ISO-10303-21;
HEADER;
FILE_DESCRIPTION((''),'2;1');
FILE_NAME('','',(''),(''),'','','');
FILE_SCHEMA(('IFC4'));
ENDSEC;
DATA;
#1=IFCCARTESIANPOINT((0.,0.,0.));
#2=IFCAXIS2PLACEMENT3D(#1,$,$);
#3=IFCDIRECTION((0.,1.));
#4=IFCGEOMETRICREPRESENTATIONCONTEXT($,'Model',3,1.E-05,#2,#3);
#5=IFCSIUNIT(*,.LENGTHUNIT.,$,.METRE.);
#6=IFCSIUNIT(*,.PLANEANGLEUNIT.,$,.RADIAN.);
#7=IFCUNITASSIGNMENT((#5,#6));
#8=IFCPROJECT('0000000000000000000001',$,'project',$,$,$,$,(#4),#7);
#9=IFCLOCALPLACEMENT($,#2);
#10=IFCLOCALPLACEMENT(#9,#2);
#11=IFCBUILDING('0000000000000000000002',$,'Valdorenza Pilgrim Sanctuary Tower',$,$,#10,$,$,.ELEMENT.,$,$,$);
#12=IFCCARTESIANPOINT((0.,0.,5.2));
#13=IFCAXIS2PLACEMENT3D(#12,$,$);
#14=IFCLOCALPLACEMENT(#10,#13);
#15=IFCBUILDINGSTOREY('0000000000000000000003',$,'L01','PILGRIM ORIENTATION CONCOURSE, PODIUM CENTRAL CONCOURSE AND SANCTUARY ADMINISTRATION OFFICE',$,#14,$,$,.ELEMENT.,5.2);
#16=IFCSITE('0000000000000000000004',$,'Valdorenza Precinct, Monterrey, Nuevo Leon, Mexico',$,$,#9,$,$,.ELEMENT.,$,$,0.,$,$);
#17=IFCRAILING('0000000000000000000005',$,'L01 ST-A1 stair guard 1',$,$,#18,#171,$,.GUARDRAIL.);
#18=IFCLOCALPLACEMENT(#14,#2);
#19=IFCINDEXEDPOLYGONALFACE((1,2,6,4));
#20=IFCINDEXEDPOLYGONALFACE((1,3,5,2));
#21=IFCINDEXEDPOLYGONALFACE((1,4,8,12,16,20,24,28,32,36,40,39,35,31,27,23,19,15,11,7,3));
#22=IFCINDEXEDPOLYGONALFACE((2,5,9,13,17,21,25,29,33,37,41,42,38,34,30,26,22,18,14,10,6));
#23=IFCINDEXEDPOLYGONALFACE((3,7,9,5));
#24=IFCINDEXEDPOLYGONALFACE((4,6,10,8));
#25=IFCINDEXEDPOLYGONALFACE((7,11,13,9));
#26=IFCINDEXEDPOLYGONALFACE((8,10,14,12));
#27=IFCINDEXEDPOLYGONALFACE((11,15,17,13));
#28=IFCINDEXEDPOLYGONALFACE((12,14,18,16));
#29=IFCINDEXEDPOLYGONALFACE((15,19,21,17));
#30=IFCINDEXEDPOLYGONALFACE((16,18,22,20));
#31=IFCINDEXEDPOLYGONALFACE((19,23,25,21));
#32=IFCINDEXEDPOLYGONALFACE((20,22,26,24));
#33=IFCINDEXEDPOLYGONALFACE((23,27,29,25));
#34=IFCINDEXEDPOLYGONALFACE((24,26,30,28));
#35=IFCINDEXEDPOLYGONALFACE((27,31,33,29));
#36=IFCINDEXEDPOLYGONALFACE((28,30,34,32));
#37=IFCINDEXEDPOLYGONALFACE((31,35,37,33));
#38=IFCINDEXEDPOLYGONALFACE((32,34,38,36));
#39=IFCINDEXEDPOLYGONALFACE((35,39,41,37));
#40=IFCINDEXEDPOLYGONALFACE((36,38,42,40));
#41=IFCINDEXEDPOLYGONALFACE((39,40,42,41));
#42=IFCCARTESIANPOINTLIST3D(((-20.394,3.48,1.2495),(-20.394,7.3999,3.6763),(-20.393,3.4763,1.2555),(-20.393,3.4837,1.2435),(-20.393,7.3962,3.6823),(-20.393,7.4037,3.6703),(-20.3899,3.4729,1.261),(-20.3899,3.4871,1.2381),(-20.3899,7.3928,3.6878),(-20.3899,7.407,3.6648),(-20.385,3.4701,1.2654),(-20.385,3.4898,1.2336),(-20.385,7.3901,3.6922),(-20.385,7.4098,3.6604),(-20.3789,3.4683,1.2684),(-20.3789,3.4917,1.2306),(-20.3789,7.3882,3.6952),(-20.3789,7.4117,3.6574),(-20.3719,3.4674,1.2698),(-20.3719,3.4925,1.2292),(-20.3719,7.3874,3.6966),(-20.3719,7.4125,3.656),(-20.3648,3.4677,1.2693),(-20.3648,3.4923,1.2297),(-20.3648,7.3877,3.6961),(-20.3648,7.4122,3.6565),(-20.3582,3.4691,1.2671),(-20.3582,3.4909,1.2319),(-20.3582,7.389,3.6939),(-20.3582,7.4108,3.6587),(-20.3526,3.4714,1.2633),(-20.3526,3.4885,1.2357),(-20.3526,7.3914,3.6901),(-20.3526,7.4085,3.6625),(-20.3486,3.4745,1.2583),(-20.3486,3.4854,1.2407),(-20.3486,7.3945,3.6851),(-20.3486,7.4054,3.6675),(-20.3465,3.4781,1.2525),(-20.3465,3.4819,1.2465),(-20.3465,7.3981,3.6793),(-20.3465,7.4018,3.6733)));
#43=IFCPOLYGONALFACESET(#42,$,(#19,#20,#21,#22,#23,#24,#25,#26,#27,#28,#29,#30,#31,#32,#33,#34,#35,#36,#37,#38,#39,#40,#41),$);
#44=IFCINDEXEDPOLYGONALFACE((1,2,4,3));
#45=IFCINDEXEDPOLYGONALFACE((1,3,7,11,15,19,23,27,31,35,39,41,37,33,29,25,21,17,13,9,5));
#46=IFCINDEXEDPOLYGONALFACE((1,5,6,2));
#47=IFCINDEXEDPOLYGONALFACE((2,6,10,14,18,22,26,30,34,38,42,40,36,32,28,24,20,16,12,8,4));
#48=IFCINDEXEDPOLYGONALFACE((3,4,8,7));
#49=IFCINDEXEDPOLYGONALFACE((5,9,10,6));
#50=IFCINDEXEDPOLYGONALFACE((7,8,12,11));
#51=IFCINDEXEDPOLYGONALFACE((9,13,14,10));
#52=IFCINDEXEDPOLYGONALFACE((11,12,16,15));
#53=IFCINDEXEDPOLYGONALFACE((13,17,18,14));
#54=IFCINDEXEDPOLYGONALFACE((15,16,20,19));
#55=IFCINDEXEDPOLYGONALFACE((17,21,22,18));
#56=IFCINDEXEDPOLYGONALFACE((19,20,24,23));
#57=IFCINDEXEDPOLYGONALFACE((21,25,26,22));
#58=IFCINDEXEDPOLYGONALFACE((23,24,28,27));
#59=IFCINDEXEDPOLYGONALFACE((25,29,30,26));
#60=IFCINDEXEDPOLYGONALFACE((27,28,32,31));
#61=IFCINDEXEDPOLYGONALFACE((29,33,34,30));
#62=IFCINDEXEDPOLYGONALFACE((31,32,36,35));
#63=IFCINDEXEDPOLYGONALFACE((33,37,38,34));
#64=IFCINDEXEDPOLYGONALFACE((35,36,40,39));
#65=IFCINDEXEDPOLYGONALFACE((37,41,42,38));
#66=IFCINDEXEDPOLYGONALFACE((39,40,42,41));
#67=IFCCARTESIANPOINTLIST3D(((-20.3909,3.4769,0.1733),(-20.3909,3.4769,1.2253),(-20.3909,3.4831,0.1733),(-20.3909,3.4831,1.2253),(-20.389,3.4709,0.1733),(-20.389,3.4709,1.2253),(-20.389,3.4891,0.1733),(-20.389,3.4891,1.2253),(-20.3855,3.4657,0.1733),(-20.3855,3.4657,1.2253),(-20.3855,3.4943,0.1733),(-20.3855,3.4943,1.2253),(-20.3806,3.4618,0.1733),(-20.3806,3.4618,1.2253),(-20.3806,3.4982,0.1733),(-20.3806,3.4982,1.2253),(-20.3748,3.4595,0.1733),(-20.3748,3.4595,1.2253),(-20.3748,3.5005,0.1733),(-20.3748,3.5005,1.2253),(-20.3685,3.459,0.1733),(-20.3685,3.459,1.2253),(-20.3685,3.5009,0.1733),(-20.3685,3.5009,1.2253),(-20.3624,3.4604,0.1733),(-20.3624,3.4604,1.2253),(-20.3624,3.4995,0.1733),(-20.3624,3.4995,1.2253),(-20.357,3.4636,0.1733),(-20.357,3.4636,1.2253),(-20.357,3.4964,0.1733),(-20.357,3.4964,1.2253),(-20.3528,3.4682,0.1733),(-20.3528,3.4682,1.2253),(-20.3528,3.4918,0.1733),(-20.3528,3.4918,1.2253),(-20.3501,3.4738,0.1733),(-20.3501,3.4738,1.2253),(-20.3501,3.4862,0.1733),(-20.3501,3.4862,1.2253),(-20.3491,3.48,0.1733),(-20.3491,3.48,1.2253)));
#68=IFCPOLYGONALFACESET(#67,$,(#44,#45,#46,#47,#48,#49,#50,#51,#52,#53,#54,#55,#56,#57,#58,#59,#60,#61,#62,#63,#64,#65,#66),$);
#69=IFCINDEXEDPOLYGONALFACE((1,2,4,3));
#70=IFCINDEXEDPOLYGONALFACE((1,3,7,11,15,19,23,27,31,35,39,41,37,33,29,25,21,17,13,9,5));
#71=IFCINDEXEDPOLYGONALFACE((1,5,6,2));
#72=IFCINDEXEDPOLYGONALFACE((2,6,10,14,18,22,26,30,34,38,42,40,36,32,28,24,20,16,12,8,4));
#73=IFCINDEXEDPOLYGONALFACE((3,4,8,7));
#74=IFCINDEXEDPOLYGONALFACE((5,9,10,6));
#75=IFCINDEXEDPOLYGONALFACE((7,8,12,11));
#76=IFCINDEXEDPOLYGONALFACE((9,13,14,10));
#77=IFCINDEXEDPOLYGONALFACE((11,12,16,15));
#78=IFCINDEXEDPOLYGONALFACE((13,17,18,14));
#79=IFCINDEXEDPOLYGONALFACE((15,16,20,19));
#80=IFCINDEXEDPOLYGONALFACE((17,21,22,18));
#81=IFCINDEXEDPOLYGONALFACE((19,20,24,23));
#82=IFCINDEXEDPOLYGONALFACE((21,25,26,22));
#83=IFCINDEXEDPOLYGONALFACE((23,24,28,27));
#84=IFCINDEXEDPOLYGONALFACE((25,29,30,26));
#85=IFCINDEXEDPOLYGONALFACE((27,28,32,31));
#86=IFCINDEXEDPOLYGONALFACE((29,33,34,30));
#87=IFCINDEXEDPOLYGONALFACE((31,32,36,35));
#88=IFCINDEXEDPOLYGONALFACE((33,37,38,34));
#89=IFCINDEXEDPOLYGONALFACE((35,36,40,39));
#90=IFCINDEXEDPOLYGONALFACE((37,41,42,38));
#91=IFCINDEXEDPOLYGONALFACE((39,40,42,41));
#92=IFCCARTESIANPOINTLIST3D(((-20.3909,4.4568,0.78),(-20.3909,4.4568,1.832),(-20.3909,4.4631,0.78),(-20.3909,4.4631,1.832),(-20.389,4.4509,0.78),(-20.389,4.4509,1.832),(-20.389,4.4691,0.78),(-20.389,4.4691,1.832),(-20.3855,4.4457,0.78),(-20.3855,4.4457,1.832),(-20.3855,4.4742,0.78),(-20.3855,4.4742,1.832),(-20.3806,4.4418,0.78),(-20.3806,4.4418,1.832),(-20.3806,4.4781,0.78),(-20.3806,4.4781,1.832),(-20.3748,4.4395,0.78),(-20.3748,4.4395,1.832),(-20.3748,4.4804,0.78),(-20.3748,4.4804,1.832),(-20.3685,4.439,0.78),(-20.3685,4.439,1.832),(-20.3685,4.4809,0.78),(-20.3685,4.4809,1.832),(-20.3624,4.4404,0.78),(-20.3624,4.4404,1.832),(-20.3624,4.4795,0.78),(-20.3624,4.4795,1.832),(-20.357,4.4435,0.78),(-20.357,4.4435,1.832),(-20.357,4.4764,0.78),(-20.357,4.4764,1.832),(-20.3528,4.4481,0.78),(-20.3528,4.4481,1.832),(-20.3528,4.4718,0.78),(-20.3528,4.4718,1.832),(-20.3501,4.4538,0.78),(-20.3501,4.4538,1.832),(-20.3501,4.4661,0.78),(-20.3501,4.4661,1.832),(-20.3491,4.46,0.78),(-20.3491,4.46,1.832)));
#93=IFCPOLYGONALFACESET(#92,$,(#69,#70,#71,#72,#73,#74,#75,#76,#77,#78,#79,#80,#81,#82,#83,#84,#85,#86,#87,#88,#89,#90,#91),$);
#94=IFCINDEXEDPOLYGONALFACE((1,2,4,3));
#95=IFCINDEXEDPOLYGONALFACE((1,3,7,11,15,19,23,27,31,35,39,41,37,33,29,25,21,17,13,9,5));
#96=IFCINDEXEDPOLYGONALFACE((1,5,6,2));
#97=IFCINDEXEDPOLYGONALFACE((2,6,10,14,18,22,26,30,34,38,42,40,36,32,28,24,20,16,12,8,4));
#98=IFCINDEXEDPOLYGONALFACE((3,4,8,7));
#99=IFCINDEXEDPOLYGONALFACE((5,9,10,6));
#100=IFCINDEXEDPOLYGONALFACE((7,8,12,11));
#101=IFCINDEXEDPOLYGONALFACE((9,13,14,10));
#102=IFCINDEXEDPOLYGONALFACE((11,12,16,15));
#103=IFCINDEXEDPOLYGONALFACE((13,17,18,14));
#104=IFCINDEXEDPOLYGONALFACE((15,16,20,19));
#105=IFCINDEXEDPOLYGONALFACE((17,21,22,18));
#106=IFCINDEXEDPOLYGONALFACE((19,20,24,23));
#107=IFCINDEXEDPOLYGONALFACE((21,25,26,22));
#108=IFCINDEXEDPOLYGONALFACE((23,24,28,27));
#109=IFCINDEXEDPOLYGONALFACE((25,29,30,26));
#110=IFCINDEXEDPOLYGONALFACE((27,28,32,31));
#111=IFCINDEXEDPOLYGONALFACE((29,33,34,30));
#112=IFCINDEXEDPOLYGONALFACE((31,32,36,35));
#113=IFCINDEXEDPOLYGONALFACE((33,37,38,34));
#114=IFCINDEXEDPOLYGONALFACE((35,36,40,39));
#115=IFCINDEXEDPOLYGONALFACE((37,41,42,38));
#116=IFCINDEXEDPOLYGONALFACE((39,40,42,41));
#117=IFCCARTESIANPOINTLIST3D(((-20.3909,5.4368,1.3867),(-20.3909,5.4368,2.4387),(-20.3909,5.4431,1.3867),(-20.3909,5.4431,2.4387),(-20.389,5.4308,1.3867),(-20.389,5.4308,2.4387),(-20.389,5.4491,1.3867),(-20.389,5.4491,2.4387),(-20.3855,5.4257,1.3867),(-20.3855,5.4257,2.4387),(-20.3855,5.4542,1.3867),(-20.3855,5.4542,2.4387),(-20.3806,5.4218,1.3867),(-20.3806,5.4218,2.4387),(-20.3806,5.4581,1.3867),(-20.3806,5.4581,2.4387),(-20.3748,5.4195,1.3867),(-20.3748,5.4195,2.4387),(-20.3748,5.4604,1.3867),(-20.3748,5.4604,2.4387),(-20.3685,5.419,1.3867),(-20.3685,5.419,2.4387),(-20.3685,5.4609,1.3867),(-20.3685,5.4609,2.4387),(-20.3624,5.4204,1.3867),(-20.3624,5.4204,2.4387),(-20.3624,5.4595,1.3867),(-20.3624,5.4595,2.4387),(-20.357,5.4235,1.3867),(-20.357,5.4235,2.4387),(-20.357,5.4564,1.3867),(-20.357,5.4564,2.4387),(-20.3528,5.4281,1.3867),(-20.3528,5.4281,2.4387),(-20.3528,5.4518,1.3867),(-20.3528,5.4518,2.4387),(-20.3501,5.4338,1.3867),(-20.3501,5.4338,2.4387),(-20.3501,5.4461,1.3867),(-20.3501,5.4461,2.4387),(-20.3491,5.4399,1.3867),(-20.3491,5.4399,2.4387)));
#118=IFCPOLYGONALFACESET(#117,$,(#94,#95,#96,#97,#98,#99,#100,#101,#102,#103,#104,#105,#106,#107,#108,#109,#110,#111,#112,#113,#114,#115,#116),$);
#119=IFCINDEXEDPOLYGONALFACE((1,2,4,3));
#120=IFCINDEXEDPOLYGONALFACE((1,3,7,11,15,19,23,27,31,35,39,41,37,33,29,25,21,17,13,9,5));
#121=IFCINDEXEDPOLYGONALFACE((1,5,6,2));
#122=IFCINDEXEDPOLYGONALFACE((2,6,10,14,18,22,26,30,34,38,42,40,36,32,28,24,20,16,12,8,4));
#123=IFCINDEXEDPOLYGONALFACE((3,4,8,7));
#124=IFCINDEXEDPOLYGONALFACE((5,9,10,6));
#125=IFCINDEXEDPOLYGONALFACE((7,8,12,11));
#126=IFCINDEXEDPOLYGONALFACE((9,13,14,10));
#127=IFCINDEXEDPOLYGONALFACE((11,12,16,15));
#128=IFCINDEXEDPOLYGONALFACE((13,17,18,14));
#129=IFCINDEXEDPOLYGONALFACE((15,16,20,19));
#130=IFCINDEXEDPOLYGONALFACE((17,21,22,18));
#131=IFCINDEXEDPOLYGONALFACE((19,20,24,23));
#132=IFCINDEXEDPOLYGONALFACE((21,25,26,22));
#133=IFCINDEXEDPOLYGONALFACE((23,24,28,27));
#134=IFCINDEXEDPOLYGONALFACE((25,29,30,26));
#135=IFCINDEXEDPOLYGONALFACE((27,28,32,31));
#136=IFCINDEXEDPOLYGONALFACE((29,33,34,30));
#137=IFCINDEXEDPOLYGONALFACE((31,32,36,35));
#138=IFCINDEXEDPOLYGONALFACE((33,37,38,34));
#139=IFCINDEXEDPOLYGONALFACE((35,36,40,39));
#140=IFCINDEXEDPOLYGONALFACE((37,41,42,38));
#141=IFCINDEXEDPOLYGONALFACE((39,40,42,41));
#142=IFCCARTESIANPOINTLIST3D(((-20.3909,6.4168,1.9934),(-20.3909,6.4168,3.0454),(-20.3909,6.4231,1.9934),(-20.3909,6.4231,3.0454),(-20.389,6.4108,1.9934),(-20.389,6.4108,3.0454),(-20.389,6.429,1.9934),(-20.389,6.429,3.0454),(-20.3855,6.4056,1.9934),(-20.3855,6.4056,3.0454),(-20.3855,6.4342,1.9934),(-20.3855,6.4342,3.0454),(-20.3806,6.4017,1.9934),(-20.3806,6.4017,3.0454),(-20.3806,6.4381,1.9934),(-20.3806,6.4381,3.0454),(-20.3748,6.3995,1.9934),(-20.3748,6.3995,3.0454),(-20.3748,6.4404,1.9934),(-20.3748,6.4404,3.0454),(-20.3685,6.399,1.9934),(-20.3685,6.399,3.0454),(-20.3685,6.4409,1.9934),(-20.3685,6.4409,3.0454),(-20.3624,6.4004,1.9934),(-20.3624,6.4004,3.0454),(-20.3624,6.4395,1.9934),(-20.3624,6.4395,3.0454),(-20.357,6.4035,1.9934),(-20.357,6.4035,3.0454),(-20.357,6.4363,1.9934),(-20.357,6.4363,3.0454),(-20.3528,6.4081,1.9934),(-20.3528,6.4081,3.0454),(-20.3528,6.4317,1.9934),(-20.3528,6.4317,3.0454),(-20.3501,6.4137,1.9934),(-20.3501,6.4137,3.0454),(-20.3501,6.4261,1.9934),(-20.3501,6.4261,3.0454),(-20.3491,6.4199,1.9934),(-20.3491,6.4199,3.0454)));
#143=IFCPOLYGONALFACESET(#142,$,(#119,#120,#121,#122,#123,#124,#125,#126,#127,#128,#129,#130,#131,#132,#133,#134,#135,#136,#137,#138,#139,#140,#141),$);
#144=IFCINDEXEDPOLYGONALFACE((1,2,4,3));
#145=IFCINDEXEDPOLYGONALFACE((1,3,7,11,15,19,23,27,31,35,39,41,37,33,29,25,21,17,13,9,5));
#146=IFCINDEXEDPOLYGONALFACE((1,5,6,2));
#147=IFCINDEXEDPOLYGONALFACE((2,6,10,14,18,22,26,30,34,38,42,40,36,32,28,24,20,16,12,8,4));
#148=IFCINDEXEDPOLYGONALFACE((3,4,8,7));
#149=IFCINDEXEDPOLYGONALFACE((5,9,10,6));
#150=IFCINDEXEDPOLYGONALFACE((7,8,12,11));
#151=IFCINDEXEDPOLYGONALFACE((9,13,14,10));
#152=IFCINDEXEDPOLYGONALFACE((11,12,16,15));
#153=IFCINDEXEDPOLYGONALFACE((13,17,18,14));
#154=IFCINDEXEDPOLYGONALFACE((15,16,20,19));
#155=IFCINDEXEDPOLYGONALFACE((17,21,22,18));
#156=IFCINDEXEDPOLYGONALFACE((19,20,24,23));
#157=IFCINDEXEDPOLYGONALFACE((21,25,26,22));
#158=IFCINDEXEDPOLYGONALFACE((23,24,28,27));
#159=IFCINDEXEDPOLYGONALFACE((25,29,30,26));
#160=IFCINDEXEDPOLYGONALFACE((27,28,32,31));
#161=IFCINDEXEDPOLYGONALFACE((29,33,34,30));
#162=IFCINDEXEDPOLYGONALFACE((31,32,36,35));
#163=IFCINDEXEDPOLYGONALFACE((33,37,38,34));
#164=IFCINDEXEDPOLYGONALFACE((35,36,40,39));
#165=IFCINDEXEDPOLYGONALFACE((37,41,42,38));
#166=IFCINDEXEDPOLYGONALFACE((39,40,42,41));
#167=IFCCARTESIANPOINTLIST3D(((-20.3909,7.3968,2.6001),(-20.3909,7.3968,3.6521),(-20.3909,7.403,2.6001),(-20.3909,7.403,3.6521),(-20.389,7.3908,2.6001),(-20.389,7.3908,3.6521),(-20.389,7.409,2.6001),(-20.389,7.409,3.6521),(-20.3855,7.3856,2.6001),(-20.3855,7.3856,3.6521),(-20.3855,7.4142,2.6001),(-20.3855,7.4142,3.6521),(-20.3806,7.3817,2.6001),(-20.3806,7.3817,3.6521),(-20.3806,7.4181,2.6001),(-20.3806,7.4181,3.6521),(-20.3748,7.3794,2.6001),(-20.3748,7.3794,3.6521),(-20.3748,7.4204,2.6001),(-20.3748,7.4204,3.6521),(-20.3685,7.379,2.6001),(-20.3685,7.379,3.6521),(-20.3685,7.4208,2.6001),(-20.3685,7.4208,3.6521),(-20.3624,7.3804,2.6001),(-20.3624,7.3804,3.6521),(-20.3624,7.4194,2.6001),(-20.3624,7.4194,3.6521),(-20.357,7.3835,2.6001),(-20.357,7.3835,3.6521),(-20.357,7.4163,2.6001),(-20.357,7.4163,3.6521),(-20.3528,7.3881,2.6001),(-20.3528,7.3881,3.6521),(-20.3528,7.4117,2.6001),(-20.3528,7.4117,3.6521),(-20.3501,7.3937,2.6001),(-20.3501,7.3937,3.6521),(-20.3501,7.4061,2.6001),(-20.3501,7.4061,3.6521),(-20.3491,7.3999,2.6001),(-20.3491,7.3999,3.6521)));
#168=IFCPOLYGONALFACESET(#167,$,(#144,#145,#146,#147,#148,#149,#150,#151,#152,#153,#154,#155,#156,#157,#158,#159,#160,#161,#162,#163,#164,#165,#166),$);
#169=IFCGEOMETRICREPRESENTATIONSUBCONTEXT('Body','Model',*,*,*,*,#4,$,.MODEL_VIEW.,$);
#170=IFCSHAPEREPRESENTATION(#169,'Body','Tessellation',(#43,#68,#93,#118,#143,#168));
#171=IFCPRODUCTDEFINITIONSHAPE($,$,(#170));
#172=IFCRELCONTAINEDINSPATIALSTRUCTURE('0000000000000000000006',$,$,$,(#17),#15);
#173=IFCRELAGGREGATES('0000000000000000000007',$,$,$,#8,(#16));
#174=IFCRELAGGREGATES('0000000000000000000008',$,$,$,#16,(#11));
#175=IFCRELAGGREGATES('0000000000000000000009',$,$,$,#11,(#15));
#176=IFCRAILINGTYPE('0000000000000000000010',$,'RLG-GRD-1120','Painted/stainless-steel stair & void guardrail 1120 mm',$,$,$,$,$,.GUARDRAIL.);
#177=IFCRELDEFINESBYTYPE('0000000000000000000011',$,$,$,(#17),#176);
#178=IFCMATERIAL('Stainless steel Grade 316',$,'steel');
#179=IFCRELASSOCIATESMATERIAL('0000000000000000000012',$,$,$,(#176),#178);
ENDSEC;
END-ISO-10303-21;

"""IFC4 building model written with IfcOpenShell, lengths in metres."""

from ifc_helpers import new_model, si_unit, direction, frame, origin, origin_2d, place, context, subcontext, project, spatial, circle, extrude, material, type_object, element, save


model = new_model("IFC4")

# Units and contexts
model_context = context("Model", 3, precision=1e-05, world=origin(), true_north=direction((0.0, 1.0)))
body_context = subcontext(model_context, "Body", "Model", "MODEL_VIEW")
ifc_project = project(units=[si_unit("LENGTHUNIT", "METRE"), si_unit("PLANEANGLEUNIT", "RADIAN")], contexts=[model_context])

# Site, building, storey
site_placement = place(None, origin())
site = spatial("IfcSite", under=ifc_project, at=site_placement, Name="Valdorenza Precinct, Monterrey, Nuevo Leon, Mexico", CompositionType="ELEMENT", RefElevation=0.0)
building_placement = place(site_placement, origin())
building = spatial("IfcBuilding", under=site, at=building_placement, Name="Valdorenza Pilgrim Sanctuary Tower", CompositionType="ELEMENT")
storey_placement = place(building_placement, frame((0.0, 0.0, 5.2)))
storey = spatial("IfcBuildingStorey", under=building, at=storey_placement, Name="L01", Description="PILGRIM ORIENTATION CONCOURSE, PODIUM CENTRAL CONCOURSE AND SANCTUARY ADMINISTRATION OFFICE", CompositionType="ELEMENT", Elevation=5.2)

# Railing
ifc_material_1 = material(Name="Stainless steel Grade 316", Category="steel")
railing_type_1 = type_object("IfcRailingType", Name="RLG-GRD-1120", Description="Painted/stainless-steel stair & void guardrail 1120 mm", PredefinedType="GUARDRAIL", material=ifc_material_1)
railing_1_placement = place(storey_placement, frame((-20.3701, 3.48, 0.1733)))
element("IfcRailing", 1, at=railing_1_placement, inside=storey, type_object=railing_type_1, Name="L01 ST-A1 stair guard 1", PredefinedType="GUARDRAIL", context=body_context, shape_type="SweptSolid", body=[
    extrude(circle(Radius=0.0239, at=origin_2d()), frame((0.0, 0.0, 1.0762), z_axis=(0.0, 0.850252, 0.526376), x_axis=(-1.0, 0.0, 0.0)), (0.0, 0.0, 1.0), 4.6104),
    extrude(circle(Radius=0.021, at=origin_2d()), origin(), (0.0, 0.0, 1.0), 1.052),
    extrude(circle(Radius=0.021, at=origin_2d()), frame((0.0, 0.98, 0.6067)), (0.0, 0.0, 1.0), 1.052),
    extrude(circle(Radius=0.021, at=origin_2d()), frame((0.0, 1.96, 1.2134)), (0.0, 0.0, 1.0), 1.052),
    extrude(circle(Radius=0.021, at=origin_2d()), frame((0.0, 2.9399, 1.8201)), (0.0, 0.0, 1.0), 1.052),
    extrude(circle(Radius=0.021, at=origin_2d()), frame((0.0, 3.9199, 2.4268)), (0.0, 0.0, 1.0), 1.052),
])

save(model, "model.ifc")
